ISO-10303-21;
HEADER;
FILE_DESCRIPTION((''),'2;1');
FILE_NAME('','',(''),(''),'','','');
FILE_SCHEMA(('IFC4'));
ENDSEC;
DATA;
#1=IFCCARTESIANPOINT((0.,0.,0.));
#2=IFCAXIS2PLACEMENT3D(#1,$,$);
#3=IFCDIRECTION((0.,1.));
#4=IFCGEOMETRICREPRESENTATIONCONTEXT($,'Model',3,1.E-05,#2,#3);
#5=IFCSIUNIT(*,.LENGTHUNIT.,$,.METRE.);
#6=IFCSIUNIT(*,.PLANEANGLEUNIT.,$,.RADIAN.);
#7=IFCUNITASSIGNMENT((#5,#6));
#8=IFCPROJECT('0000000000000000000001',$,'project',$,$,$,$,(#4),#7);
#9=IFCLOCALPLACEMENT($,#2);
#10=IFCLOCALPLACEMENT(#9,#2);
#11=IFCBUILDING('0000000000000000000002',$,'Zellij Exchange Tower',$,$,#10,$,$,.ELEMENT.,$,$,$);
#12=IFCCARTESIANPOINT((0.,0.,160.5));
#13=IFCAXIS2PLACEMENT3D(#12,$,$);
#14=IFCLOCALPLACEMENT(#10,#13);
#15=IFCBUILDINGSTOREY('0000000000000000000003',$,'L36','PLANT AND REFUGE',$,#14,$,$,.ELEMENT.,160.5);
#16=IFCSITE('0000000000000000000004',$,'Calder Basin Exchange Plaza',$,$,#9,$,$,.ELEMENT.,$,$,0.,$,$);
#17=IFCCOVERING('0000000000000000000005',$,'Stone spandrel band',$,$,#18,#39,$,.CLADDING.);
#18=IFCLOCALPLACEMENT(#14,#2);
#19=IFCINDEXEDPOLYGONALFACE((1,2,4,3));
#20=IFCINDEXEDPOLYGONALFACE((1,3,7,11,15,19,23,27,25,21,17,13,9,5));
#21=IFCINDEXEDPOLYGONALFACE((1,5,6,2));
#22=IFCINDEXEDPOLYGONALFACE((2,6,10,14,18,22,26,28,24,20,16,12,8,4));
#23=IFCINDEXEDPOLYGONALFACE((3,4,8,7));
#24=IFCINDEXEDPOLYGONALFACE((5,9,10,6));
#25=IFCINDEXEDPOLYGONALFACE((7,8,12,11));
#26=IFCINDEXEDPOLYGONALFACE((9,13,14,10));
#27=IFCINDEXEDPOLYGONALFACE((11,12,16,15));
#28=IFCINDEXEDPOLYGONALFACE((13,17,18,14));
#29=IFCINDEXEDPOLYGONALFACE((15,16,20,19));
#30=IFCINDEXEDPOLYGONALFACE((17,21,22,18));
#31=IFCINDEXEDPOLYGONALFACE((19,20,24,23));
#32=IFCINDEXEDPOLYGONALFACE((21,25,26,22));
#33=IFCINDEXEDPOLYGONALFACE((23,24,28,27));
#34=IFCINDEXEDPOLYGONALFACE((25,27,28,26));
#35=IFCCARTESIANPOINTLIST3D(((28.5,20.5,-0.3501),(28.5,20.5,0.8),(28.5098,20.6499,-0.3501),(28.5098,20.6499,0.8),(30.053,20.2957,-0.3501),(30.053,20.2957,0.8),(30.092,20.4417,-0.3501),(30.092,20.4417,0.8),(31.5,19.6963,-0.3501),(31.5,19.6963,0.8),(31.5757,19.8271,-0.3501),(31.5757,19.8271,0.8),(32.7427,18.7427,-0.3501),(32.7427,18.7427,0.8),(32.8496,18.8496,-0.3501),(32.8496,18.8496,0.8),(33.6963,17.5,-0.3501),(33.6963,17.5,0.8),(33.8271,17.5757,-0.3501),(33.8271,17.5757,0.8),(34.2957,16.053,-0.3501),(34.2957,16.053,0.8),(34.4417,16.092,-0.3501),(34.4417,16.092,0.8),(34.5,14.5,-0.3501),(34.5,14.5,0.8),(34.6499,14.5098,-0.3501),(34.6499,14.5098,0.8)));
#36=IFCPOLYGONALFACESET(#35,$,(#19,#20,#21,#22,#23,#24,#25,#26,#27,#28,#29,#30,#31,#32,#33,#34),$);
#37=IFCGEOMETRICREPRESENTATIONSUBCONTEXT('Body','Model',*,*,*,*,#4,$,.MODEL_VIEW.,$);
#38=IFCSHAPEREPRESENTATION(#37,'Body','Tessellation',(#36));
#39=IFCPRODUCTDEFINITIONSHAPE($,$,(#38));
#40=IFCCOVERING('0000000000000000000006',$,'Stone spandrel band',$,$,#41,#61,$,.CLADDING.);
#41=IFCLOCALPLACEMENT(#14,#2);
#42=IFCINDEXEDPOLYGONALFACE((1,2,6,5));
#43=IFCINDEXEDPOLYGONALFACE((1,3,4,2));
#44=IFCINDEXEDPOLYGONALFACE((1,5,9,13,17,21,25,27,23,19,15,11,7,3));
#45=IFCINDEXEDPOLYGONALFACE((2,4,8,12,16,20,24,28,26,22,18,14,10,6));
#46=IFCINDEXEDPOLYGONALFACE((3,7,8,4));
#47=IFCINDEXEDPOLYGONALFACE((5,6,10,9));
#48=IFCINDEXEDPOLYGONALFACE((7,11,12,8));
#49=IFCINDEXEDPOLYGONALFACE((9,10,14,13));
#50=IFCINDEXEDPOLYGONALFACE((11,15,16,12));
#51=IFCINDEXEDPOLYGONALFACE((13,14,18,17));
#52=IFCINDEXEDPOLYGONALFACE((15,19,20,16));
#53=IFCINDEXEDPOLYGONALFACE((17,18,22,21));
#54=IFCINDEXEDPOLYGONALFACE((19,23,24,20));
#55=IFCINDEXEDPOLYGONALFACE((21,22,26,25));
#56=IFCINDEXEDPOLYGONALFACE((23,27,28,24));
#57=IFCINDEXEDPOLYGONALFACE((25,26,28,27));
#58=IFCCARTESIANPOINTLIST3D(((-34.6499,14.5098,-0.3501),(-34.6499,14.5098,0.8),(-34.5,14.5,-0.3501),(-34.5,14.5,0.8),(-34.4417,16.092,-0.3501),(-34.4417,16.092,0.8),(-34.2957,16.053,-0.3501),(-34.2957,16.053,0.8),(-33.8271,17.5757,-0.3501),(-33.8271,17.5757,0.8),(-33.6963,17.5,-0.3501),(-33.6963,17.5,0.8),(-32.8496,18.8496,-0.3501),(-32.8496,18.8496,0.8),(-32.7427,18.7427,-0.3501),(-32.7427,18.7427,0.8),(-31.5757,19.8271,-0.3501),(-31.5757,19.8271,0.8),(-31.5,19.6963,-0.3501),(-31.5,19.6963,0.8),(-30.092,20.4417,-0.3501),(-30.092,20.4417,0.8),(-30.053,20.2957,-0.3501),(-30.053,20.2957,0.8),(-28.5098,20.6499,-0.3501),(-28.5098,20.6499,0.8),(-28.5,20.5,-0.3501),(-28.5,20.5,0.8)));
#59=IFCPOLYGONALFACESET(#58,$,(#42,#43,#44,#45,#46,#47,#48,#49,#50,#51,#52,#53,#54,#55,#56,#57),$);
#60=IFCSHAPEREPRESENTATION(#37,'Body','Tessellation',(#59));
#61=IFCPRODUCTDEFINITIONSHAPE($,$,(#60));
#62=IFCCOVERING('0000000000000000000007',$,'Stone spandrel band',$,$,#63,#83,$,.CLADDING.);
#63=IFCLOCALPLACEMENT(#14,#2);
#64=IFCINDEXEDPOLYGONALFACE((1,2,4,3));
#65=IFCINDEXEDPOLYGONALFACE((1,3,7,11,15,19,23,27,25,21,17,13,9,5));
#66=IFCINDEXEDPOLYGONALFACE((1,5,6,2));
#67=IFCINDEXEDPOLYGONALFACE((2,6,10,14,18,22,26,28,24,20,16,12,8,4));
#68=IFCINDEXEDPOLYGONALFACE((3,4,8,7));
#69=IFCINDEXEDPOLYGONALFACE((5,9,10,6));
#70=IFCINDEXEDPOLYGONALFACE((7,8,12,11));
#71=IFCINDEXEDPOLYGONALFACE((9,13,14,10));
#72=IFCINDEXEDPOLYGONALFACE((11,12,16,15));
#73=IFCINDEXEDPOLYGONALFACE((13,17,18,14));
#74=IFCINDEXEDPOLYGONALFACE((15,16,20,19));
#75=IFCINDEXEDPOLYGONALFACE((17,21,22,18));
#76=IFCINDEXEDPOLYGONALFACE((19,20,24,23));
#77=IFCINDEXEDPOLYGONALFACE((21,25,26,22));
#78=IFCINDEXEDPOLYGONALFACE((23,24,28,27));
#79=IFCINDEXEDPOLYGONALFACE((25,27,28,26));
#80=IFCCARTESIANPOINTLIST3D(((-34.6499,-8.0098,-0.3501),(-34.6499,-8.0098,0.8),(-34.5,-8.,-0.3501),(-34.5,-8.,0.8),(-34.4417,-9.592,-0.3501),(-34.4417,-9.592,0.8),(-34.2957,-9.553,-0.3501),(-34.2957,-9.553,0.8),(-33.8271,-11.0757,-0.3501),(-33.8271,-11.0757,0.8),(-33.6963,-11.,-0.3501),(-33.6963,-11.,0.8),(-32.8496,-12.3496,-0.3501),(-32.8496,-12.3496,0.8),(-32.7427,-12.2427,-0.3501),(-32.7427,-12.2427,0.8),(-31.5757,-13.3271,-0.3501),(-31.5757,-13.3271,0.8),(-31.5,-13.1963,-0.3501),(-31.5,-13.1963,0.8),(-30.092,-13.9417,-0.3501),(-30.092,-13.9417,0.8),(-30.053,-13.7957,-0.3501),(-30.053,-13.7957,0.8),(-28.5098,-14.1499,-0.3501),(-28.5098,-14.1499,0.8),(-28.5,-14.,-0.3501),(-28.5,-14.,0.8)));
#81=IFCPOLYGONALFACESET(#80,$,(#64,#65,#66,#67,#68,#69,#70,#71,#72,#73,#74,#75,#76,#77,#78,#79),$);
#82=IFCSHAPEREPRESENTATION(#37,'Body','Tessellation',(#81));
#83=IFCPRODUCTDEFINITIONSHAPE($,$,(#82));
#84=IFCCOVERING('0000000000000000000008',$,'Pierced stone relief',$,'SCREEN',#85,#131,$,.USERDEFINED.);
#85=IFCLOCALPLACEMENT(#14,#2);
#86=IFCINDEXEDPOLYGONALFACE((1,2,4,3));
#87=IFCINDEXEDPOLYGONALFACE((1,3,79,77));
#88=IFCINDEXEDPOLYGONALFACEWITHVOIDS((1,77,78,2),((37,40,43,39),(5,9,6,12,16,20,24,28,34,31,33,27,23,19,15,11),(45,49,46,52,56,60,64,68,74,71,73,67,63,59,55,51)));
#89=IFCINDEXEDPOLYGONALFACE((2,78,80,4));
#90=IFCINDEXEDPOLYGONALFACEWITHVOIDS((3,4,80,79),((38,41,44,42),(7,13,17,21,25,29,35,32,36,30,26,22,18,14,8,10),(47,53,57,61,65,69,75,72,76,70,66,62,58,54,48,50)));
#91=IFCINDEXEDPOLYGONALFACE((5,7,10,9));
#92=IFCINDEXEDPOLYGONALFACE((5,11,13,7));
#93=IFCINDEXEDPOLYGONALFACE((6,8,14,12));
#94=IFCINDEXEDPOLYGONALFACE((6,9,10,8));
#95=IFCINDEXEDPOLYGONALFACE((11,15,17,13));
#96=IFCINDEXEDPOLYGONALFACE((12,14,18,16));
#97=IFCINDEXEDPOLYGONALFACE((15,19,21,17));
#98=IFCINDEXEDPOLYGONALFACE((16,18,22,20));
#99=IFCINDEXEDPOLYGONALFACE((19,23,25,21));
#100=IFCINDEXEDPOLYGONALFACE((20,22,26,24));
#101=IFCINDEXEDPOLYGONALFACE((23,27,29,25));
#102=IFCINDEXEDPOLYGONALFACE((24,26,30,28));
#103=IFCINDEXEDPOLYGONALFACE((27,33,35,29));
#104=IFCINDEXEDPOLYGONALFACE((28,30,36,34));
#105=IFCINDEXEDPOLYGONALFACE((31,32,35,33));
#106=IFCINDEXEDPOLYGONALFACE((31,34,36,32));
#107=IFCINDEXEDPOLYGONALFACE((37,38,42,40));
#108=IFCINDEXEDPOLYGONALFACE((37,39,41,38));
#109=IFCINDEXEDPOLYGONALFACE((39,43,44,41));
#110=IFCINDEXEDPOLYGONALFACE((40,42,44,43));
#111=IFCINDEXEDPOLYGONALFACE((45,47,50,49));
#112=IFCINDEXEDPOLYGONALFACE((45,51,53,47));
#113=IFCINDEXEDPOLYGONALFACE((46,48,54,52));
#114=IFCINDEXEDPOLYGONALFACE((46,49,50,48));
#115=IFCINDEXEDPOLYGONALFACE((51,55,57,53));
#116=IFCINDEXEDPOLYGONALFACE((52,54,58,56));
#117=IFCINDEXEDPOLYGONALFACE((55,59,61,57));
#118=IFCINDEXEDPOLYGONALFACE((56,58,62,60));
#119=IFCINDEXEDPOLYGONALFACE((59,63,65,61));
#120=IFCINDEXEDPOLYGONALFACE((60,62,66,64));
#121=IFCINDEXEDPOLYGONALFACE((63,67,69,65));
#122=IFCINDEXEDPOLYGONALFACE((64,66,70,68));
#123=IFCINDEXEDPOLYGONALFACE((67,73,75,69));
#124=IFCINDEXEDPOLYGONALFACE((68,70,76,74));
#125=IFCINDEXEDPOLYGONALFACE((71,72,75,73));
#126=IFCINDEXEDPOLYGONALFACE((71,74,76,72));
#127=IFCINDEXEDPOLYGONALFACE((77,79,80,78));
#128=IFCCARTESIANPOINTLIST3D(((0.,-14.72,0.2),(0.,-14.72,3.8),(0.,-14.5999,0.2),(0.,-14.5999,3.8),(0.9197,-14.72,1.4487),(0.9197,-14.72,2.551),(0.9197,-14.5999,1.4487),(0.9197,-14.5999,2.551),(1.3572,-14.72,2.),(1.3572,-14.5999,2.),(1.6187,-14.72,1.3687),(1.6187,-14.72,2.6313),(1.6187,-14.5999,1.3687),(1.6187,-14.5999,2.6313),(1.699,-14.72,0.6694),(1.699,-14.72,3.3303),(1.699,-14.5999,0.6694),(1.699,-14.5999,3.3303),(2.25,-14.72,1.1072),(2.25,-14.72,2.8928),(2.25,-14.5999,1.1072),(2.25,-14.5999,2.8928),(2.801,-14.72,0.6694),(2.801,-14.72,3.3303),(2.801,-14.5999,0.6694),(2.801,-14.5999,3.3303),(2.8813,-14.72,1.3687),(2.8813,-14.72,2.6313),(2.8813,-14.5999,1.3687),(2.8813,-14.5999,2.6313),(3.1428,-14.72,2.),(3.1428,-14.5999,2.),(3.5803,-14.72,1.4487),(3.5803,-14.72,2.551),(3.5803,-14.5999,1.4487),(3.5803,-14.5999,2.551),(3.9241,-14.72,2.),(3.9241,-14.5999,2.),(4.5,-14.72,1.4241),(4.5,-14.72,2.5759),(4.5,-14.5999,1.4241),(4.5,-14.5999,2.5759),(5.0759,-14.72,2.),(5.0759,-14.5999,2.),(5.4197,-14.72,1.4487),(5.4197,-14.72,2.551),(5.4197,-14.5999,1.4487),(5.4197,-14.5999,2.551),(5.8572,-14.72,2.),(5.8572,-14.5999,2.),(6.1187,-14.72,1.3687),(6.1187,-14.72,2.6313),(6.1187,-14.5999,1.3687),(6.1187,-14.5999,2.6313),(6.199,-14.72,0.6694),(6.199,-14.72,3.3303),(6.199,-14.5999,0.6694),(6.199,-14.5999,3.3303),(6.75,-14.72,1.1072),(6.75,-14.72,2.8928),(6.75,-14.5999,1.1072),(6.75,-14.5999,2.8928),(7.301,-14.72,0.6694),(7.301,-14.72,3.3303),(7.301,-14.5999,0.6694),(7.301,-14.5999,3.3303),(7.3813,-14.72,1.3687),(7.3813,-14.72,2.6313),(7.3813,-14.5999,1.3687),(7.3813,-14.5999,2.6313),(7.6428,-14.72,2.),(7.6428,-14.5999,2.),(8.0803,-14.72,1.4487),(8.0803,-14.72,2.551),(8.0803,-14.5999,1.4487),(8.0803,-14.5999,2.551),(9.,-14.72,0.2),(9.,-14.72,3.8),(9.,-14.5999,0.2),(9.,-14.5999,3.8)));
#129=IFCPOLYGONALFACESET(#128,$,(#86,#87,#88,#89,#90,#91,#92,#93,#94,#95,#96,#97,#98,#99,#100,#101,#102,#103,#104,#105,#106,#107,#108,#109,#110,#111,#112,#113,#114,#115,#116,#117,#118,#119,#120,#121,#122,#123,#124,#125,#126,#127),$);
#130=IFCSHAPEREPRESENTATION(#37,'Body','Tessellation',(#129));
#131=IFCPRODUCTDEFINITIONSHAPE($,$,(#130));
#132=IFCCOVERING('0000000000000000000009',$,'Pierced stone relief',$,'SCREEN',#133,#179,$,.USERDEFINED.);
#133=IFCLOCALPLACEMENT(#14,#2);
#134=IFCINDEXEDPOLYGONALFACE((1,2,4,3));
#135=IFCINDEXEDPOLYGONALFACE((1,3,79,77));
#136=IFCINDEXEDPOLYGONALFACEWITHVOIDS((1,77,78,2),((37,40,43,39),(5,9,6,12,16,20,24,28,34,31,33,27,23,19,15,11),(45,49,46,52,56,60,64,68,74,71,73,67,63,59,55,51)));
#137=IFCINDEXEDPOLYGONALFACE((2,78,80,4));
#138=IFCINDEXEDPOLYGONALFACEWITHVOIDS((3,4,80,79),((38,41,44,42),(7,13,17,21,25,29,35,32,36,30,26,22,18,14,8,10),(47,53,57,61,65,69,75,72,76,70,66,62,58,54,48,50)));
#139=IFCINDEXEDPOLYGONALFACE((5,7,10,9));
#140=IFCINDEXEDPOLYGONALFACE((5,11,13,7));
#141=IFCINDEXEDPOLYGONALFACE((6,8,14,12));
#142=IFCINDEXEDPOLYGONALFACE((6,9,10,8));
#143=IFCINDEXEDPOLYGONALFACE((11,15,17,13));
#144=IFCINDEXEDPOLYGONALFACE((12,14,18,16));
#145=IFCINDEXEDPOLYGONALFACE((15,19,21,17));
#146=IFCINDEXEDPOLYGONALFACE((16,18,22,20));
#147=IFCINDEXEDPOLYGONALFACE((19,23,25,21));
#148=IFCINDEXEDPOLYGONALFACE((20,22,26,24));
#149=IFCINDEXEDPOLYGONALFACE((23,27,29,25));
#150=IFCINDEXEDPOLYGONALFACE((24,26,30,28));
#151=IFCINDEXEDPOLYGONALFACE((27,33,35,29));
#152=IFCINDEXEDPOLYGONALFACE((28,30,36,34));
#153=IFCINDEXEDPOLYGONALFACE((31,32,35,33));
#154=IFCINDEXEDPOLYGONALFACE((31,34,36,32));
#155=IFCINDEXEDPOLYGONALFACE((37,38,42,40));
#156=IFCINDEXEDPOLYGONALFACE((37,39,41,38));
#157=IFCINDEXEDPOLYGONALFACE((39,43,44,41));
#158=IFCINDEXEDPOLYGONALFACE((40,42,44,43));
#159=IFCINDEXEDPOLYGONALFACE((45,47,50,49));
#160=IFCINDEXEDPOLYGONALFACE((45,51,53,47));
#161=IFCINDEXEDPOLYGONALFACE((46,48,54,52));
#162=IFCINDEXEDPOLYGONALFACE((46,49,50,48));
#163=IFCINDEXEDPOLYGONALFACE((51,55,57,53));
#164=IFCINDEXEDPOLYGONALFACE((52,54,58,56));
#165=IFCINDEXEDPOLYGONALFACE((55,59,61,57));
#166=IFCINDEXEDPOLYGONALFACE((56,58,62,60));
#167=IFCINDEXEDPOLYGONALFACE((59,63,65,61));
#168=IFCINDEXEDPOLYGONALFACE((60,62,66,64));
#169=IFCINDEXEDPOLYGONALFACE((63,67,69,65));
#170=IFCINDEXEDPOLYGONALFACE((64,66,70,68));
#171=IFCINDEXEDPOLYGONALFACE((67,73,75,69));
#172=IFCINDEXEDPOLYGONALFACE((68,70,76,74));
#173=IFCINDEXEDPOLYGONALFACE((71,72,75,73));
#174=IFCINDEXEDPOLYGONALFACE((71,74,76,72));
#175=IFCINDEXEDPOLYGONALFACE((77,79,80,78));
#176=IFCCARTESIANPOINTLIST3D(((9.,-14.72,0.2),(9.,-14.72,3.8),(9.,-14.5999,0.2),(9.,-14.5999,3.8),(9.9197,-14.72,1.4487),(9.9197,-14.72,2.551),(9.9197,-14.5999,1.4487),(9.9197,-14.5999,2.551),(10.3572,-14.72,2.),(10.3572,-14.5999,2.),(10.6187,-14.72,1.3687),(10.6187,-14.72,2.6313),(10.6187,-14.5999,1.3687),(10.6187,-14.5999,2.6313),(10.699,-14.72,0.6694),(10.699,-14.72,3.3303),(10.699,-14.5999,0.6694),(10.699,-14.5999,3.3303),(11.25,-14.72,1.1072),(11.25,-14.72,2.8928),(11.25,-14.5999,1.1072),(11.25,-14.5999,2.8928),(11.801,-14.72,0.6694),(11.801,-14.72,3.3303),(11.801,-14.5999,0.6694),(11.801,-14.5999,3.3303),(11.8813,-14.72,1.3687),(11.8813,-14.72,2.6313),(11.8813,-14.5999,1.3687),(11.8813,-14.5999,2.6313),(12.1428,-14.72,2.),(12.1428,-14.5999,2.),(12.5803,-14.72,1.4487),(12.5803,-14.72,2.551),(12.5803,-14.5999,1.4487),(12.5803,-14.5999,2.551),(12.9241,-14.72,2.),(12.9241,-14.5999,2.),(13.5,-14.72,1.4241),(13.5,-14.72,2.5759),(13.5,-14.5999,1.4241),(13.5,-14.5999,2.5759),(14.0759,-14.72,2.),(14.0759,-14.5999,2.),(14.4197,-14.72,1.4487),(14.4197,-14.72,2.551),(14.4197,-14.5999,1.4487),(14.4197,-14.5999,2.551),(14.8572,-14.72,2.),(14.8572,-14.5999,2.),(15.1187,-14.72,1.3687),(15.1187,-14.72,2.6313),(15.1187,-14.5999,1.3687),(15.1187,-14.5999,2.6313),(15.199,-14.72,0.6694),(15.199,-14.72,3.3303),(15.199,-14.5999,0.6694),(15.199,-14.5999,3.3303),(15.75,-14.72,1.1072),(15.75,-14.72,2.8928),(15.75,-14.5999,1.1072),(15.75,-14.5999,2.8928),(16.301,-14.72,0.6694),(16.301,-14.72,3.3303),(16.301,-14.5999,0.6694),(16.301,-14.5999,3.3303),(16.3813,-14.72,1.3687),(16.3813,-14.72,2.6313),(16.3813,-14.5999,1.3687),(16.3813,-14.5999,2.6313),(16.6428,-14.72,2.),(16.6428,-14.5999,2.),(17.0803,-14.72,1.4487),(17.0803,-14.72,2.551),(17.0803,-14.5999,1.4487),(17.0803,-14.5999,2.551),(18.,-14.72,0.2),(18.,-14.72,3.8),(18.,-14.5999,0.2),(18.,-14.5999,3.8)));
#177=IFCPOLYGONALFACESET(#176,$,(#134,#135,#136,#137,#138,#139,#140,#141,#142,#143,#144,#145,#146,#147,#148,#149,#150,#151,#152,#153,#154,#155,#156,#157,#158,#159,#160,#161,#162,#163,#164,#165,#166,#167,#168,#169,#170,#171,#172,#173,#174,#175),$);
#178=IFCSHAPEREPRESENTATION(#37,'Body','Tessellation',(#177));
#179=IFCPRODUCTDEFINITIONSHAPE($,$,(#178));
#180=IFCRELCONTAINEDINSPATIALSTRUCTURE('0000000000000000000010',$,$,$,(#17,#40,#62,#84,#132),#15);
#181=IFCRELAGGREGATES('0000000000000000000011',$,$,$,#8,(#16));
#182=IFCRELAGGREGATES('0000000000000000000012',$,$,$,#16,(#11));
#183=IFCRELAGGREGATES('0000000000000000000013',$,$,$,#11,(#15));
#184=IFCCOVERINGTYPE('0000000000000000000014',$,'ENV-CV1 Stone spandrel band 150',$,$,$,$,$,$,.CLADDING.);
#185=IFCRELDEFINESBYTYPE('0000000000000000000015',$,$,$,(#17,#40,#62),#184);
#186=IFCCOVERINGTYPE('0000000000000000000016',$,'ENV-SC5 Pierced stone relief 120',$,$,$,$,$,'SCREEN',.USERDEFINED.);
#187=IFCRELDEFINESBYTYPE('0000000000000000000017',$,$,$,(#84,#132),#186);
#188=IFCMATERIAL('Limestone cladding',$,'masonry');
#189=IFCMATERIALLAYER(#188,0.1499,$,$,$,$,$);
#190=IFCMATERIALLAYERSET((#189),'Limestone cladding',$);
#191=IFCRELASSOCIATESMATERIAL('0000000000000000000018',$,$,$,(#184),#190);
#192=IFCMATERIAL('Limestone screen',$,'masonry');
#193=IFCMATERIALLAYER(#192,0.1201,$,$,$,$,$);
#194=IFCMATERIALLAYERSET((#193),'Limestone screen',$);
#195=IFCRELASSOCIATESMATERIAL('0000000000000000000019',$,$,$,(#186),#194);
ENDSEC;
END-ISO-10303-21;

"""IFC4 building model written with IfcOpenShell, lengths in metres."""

from ifc_helpers import new_model, si_unit, direction, frame, origin, place, context, subcontext, project, spatial, polyline, outline, extrude, material, layer, layer_set, type_object, element, save


model = new_model("IFC4")

# Units and contexts
model_context = context("Model", 3, precision=1e-05, world=origin(), true_north=direction((0.0, 1.0)))
body_context = subcontext(model_context, "Body", "Model", "MODEL_VIEW")
ifc_project = project(units=[si_unit("LENGTHUNIT", "METRE"), si_unit("PLANEANGLEUNIT", "RADIAN")], contexts=[model_context])

# Site, building, storey
site_placement = place(None, origin())
site = spatial("IfcSite", under=ifc_project, at=site_placement, Name="Calder Basin Exchange Plaza", CompositionType="ELEMENT", RefElevation=0.0)
building_placement = place(site_placement, origin())
building = spatial("IfcBuilding", under=site, at=building_placement, Name="Zellij Exchange Tower", CompositionType="ELEMENT")
storey_placement = place(building_placement, frame((0.0, 0.0, 160.5)))
storey = spatial("IfcBuildingStorey", under=building, at=storey_placement, Name="L36", Description="PLANT AND REFUGE", CompositionType="ELEMENT", Elevation=160.5)

# Coverings
ifc_material_1 = material(Name="Limestone cladding", Category="masonry")
ifc_layer_1 = layer(ifc_material_1, 0.1499)
ifc_layer_set_1 = layer_set([ifc_layer_1], Name="Limestone cladding")
covering_type_1 = type_object("IfcCoveringType", Name="ENV-CV1 Stone spandrel band 150", PredefinedType="CLADDING", material=ifc_layer_set_1)
covering_1_placement = place(storey_placement, frame((0.0, 0.0, -0.3501)))
element("IfcCovering", 1, at=covering_1_placement, inside=storey, type_object=covering_type_1, Name="Stone spandrel band", PredefinedType="CLADDING", context=body_context, shape_type="SweptSolid", body=[
    extrude(outline(polyline([(34.5, 14.5), (34.2957, 16.053), (33.6963, 17.5), (32.7427, 18.7427), (31.5, 19.6963), (30.053, 20.2957), (28.5, 20.5), (28.5098, 20.6499), (30.092, 20.4417), (31.5757, 19.8271), (32.8496, 18.8496), (33.8271, 17.5757), (34.4417, 16.092), (34.6499, 14.5098), (34.5, 14.5)])), origin(), (0.0, 0.0, 1.0), 1.1501),
])
covering_2_placement = place(storey_placement, frame((0.0, 0.0, -0.3501)))
element("IfcCovering", 2, at=covering_2_placement, inside=storey, type_object=covering_type_1, Name="Stone spandrel band", PredefinedType="CLADDING", context=body_context, shape_type="SweptSolid", body=[
    extrude(outline(polyline([(-28.5, 20.5), (-30.053, 20.2957), (-31.5, 19.6963), (-32.7427, 18.7427), (-33.6963, 17.5), (-34.2957, 16.053), (-34.5, 14.5), (-34.6499, 14.5098), (-34.4417, 16.092), (-33.8271, 17.5757), (-32.8496, 18.8496), (-31.5757, 19.8271), (-30.092, 20.4417), (-28.5098, 20.6499), (-28.5, 20.5)])), origin(), (0.0, 0.0, 1.0), 1.1501),
])
covering_3_placement = place(storey_placement, frame((0.0, 0.0, -0.3501)))
element("IfcCovering", 3, at=covering_3_placement, inside=storey, type_object=covering_type_1, Name="Stone spandrel band", PredefinedType="CLADDING", context=body_context, shape_type="SweptSolid", body=[
    extrude(outline(polyline([(-34.5, -8.0), (-34.2957, -9.553), (-33.6963, -11.0), (-32.7427, -12.2427), (-31.5, -13.1963), (-30.053, -13.7957), (-28.5, -14.0), (-28.5098, -14.1499), (-30.092, -13.9417), (-31.5757, -13.3271), (-32.8496, -12.3496), (-33.8271, -11.0757), (-34.4417, -9.592), (-34.6499, -8.0098), (-34.5, -8.0)])), origin(), (0.0, 0.0, 1.0), 1.1501),
])
ifc_material_2 = material(Name="Limestone screen", Category="masonry")
ifc_layer_2 = layer(ifc_material_2, 0.1201)
ifc_layer_set_2 = layer_set([ifc_layer_2], Name="Limestone screen")
covering_type_2 = type_object("IfcCoveringType", Name="ENV-SC5 Pierced stone relief 120", ElementType="SCREEN", PredefinedType="USERDEFINED", material=ifc_layer_set_2)
for number, where, z_axis, x_axis, name in (
    (4, (0.0, -14.6599, 0.2), (0.0, 0.0, 1.0), (1.0, 0.0, 0.0), "Pierced stone relief"),
    (5, (9.0, -14.6599, 0.2), (0.0, 0.0, 1.0), (1.0, 0.0, 0.0), "Pierced stone relief"),
):
    element("IfcCovering", number, at=place(storey_placement, frame(where, z_axis=z_axis, x_axis=x_axis)), inside=storey, type_object=covering_type_2, Name=name, ObjectType="SCREEN", PredefinedType="USERDEFINED", context=body_context, shape_type="SweptSolid", body=[
        extrude(outline(polyline([(0.0, 0.0), (9.0, 0.0), (9.0, 3.6001), (0.0, 3.6001), (0.0, 0.0)]), holes=[polyline([(3.5803, 2.3511), (2.8813, 2.4314), (2.801, 3.1304), (2.25, 2.6929), (1.699, 3.1304), (1.6187, 2.4314), (0.9197, 2.3511), (1.3572, 1.8), (0.9197, 1.2488), (1.6187, 1.1687), (1.699, 0.4695), (2.25, 0.9072), (2.801, 0.4695), (2.8813, 1.1687), (3.5803, 1.2488), (3.1428, 1.8), (3.5803, 2.3511)]), polyline([(8.0803, 2.3511), (7.3813, 2.4314), (7.301, 3.1304), (6.75, 2.6929), (6.199, 3.1304), (6.1187, 2.4314), (5.4197, 2.3511), (5.8572, 1.8), (5.4197, 1.2488), (6.1187, 1.1687), (6.199, 0.4695), (6.75, 0.9072), (7.301, 0.4695), (7.3813, 1.1687), (8.0803, 1.2488), (7.6428, 1.8), (8.0803, 2.3511)]), polyline([(5.0759, 1.8), (4.5, 2.376), (3.9241, 1.8), (4.5, 1.2241), (5.0759, 1.8)])]), frame((0.0, 0.0601, 0.0), z_axis=(0.0, -1.0, 0.0), x_axis=(1.0, 0.0, 0.0)), (0.0, 0.0, 1.0), 0.1201),
    ])

save(model, "model.ifc")
